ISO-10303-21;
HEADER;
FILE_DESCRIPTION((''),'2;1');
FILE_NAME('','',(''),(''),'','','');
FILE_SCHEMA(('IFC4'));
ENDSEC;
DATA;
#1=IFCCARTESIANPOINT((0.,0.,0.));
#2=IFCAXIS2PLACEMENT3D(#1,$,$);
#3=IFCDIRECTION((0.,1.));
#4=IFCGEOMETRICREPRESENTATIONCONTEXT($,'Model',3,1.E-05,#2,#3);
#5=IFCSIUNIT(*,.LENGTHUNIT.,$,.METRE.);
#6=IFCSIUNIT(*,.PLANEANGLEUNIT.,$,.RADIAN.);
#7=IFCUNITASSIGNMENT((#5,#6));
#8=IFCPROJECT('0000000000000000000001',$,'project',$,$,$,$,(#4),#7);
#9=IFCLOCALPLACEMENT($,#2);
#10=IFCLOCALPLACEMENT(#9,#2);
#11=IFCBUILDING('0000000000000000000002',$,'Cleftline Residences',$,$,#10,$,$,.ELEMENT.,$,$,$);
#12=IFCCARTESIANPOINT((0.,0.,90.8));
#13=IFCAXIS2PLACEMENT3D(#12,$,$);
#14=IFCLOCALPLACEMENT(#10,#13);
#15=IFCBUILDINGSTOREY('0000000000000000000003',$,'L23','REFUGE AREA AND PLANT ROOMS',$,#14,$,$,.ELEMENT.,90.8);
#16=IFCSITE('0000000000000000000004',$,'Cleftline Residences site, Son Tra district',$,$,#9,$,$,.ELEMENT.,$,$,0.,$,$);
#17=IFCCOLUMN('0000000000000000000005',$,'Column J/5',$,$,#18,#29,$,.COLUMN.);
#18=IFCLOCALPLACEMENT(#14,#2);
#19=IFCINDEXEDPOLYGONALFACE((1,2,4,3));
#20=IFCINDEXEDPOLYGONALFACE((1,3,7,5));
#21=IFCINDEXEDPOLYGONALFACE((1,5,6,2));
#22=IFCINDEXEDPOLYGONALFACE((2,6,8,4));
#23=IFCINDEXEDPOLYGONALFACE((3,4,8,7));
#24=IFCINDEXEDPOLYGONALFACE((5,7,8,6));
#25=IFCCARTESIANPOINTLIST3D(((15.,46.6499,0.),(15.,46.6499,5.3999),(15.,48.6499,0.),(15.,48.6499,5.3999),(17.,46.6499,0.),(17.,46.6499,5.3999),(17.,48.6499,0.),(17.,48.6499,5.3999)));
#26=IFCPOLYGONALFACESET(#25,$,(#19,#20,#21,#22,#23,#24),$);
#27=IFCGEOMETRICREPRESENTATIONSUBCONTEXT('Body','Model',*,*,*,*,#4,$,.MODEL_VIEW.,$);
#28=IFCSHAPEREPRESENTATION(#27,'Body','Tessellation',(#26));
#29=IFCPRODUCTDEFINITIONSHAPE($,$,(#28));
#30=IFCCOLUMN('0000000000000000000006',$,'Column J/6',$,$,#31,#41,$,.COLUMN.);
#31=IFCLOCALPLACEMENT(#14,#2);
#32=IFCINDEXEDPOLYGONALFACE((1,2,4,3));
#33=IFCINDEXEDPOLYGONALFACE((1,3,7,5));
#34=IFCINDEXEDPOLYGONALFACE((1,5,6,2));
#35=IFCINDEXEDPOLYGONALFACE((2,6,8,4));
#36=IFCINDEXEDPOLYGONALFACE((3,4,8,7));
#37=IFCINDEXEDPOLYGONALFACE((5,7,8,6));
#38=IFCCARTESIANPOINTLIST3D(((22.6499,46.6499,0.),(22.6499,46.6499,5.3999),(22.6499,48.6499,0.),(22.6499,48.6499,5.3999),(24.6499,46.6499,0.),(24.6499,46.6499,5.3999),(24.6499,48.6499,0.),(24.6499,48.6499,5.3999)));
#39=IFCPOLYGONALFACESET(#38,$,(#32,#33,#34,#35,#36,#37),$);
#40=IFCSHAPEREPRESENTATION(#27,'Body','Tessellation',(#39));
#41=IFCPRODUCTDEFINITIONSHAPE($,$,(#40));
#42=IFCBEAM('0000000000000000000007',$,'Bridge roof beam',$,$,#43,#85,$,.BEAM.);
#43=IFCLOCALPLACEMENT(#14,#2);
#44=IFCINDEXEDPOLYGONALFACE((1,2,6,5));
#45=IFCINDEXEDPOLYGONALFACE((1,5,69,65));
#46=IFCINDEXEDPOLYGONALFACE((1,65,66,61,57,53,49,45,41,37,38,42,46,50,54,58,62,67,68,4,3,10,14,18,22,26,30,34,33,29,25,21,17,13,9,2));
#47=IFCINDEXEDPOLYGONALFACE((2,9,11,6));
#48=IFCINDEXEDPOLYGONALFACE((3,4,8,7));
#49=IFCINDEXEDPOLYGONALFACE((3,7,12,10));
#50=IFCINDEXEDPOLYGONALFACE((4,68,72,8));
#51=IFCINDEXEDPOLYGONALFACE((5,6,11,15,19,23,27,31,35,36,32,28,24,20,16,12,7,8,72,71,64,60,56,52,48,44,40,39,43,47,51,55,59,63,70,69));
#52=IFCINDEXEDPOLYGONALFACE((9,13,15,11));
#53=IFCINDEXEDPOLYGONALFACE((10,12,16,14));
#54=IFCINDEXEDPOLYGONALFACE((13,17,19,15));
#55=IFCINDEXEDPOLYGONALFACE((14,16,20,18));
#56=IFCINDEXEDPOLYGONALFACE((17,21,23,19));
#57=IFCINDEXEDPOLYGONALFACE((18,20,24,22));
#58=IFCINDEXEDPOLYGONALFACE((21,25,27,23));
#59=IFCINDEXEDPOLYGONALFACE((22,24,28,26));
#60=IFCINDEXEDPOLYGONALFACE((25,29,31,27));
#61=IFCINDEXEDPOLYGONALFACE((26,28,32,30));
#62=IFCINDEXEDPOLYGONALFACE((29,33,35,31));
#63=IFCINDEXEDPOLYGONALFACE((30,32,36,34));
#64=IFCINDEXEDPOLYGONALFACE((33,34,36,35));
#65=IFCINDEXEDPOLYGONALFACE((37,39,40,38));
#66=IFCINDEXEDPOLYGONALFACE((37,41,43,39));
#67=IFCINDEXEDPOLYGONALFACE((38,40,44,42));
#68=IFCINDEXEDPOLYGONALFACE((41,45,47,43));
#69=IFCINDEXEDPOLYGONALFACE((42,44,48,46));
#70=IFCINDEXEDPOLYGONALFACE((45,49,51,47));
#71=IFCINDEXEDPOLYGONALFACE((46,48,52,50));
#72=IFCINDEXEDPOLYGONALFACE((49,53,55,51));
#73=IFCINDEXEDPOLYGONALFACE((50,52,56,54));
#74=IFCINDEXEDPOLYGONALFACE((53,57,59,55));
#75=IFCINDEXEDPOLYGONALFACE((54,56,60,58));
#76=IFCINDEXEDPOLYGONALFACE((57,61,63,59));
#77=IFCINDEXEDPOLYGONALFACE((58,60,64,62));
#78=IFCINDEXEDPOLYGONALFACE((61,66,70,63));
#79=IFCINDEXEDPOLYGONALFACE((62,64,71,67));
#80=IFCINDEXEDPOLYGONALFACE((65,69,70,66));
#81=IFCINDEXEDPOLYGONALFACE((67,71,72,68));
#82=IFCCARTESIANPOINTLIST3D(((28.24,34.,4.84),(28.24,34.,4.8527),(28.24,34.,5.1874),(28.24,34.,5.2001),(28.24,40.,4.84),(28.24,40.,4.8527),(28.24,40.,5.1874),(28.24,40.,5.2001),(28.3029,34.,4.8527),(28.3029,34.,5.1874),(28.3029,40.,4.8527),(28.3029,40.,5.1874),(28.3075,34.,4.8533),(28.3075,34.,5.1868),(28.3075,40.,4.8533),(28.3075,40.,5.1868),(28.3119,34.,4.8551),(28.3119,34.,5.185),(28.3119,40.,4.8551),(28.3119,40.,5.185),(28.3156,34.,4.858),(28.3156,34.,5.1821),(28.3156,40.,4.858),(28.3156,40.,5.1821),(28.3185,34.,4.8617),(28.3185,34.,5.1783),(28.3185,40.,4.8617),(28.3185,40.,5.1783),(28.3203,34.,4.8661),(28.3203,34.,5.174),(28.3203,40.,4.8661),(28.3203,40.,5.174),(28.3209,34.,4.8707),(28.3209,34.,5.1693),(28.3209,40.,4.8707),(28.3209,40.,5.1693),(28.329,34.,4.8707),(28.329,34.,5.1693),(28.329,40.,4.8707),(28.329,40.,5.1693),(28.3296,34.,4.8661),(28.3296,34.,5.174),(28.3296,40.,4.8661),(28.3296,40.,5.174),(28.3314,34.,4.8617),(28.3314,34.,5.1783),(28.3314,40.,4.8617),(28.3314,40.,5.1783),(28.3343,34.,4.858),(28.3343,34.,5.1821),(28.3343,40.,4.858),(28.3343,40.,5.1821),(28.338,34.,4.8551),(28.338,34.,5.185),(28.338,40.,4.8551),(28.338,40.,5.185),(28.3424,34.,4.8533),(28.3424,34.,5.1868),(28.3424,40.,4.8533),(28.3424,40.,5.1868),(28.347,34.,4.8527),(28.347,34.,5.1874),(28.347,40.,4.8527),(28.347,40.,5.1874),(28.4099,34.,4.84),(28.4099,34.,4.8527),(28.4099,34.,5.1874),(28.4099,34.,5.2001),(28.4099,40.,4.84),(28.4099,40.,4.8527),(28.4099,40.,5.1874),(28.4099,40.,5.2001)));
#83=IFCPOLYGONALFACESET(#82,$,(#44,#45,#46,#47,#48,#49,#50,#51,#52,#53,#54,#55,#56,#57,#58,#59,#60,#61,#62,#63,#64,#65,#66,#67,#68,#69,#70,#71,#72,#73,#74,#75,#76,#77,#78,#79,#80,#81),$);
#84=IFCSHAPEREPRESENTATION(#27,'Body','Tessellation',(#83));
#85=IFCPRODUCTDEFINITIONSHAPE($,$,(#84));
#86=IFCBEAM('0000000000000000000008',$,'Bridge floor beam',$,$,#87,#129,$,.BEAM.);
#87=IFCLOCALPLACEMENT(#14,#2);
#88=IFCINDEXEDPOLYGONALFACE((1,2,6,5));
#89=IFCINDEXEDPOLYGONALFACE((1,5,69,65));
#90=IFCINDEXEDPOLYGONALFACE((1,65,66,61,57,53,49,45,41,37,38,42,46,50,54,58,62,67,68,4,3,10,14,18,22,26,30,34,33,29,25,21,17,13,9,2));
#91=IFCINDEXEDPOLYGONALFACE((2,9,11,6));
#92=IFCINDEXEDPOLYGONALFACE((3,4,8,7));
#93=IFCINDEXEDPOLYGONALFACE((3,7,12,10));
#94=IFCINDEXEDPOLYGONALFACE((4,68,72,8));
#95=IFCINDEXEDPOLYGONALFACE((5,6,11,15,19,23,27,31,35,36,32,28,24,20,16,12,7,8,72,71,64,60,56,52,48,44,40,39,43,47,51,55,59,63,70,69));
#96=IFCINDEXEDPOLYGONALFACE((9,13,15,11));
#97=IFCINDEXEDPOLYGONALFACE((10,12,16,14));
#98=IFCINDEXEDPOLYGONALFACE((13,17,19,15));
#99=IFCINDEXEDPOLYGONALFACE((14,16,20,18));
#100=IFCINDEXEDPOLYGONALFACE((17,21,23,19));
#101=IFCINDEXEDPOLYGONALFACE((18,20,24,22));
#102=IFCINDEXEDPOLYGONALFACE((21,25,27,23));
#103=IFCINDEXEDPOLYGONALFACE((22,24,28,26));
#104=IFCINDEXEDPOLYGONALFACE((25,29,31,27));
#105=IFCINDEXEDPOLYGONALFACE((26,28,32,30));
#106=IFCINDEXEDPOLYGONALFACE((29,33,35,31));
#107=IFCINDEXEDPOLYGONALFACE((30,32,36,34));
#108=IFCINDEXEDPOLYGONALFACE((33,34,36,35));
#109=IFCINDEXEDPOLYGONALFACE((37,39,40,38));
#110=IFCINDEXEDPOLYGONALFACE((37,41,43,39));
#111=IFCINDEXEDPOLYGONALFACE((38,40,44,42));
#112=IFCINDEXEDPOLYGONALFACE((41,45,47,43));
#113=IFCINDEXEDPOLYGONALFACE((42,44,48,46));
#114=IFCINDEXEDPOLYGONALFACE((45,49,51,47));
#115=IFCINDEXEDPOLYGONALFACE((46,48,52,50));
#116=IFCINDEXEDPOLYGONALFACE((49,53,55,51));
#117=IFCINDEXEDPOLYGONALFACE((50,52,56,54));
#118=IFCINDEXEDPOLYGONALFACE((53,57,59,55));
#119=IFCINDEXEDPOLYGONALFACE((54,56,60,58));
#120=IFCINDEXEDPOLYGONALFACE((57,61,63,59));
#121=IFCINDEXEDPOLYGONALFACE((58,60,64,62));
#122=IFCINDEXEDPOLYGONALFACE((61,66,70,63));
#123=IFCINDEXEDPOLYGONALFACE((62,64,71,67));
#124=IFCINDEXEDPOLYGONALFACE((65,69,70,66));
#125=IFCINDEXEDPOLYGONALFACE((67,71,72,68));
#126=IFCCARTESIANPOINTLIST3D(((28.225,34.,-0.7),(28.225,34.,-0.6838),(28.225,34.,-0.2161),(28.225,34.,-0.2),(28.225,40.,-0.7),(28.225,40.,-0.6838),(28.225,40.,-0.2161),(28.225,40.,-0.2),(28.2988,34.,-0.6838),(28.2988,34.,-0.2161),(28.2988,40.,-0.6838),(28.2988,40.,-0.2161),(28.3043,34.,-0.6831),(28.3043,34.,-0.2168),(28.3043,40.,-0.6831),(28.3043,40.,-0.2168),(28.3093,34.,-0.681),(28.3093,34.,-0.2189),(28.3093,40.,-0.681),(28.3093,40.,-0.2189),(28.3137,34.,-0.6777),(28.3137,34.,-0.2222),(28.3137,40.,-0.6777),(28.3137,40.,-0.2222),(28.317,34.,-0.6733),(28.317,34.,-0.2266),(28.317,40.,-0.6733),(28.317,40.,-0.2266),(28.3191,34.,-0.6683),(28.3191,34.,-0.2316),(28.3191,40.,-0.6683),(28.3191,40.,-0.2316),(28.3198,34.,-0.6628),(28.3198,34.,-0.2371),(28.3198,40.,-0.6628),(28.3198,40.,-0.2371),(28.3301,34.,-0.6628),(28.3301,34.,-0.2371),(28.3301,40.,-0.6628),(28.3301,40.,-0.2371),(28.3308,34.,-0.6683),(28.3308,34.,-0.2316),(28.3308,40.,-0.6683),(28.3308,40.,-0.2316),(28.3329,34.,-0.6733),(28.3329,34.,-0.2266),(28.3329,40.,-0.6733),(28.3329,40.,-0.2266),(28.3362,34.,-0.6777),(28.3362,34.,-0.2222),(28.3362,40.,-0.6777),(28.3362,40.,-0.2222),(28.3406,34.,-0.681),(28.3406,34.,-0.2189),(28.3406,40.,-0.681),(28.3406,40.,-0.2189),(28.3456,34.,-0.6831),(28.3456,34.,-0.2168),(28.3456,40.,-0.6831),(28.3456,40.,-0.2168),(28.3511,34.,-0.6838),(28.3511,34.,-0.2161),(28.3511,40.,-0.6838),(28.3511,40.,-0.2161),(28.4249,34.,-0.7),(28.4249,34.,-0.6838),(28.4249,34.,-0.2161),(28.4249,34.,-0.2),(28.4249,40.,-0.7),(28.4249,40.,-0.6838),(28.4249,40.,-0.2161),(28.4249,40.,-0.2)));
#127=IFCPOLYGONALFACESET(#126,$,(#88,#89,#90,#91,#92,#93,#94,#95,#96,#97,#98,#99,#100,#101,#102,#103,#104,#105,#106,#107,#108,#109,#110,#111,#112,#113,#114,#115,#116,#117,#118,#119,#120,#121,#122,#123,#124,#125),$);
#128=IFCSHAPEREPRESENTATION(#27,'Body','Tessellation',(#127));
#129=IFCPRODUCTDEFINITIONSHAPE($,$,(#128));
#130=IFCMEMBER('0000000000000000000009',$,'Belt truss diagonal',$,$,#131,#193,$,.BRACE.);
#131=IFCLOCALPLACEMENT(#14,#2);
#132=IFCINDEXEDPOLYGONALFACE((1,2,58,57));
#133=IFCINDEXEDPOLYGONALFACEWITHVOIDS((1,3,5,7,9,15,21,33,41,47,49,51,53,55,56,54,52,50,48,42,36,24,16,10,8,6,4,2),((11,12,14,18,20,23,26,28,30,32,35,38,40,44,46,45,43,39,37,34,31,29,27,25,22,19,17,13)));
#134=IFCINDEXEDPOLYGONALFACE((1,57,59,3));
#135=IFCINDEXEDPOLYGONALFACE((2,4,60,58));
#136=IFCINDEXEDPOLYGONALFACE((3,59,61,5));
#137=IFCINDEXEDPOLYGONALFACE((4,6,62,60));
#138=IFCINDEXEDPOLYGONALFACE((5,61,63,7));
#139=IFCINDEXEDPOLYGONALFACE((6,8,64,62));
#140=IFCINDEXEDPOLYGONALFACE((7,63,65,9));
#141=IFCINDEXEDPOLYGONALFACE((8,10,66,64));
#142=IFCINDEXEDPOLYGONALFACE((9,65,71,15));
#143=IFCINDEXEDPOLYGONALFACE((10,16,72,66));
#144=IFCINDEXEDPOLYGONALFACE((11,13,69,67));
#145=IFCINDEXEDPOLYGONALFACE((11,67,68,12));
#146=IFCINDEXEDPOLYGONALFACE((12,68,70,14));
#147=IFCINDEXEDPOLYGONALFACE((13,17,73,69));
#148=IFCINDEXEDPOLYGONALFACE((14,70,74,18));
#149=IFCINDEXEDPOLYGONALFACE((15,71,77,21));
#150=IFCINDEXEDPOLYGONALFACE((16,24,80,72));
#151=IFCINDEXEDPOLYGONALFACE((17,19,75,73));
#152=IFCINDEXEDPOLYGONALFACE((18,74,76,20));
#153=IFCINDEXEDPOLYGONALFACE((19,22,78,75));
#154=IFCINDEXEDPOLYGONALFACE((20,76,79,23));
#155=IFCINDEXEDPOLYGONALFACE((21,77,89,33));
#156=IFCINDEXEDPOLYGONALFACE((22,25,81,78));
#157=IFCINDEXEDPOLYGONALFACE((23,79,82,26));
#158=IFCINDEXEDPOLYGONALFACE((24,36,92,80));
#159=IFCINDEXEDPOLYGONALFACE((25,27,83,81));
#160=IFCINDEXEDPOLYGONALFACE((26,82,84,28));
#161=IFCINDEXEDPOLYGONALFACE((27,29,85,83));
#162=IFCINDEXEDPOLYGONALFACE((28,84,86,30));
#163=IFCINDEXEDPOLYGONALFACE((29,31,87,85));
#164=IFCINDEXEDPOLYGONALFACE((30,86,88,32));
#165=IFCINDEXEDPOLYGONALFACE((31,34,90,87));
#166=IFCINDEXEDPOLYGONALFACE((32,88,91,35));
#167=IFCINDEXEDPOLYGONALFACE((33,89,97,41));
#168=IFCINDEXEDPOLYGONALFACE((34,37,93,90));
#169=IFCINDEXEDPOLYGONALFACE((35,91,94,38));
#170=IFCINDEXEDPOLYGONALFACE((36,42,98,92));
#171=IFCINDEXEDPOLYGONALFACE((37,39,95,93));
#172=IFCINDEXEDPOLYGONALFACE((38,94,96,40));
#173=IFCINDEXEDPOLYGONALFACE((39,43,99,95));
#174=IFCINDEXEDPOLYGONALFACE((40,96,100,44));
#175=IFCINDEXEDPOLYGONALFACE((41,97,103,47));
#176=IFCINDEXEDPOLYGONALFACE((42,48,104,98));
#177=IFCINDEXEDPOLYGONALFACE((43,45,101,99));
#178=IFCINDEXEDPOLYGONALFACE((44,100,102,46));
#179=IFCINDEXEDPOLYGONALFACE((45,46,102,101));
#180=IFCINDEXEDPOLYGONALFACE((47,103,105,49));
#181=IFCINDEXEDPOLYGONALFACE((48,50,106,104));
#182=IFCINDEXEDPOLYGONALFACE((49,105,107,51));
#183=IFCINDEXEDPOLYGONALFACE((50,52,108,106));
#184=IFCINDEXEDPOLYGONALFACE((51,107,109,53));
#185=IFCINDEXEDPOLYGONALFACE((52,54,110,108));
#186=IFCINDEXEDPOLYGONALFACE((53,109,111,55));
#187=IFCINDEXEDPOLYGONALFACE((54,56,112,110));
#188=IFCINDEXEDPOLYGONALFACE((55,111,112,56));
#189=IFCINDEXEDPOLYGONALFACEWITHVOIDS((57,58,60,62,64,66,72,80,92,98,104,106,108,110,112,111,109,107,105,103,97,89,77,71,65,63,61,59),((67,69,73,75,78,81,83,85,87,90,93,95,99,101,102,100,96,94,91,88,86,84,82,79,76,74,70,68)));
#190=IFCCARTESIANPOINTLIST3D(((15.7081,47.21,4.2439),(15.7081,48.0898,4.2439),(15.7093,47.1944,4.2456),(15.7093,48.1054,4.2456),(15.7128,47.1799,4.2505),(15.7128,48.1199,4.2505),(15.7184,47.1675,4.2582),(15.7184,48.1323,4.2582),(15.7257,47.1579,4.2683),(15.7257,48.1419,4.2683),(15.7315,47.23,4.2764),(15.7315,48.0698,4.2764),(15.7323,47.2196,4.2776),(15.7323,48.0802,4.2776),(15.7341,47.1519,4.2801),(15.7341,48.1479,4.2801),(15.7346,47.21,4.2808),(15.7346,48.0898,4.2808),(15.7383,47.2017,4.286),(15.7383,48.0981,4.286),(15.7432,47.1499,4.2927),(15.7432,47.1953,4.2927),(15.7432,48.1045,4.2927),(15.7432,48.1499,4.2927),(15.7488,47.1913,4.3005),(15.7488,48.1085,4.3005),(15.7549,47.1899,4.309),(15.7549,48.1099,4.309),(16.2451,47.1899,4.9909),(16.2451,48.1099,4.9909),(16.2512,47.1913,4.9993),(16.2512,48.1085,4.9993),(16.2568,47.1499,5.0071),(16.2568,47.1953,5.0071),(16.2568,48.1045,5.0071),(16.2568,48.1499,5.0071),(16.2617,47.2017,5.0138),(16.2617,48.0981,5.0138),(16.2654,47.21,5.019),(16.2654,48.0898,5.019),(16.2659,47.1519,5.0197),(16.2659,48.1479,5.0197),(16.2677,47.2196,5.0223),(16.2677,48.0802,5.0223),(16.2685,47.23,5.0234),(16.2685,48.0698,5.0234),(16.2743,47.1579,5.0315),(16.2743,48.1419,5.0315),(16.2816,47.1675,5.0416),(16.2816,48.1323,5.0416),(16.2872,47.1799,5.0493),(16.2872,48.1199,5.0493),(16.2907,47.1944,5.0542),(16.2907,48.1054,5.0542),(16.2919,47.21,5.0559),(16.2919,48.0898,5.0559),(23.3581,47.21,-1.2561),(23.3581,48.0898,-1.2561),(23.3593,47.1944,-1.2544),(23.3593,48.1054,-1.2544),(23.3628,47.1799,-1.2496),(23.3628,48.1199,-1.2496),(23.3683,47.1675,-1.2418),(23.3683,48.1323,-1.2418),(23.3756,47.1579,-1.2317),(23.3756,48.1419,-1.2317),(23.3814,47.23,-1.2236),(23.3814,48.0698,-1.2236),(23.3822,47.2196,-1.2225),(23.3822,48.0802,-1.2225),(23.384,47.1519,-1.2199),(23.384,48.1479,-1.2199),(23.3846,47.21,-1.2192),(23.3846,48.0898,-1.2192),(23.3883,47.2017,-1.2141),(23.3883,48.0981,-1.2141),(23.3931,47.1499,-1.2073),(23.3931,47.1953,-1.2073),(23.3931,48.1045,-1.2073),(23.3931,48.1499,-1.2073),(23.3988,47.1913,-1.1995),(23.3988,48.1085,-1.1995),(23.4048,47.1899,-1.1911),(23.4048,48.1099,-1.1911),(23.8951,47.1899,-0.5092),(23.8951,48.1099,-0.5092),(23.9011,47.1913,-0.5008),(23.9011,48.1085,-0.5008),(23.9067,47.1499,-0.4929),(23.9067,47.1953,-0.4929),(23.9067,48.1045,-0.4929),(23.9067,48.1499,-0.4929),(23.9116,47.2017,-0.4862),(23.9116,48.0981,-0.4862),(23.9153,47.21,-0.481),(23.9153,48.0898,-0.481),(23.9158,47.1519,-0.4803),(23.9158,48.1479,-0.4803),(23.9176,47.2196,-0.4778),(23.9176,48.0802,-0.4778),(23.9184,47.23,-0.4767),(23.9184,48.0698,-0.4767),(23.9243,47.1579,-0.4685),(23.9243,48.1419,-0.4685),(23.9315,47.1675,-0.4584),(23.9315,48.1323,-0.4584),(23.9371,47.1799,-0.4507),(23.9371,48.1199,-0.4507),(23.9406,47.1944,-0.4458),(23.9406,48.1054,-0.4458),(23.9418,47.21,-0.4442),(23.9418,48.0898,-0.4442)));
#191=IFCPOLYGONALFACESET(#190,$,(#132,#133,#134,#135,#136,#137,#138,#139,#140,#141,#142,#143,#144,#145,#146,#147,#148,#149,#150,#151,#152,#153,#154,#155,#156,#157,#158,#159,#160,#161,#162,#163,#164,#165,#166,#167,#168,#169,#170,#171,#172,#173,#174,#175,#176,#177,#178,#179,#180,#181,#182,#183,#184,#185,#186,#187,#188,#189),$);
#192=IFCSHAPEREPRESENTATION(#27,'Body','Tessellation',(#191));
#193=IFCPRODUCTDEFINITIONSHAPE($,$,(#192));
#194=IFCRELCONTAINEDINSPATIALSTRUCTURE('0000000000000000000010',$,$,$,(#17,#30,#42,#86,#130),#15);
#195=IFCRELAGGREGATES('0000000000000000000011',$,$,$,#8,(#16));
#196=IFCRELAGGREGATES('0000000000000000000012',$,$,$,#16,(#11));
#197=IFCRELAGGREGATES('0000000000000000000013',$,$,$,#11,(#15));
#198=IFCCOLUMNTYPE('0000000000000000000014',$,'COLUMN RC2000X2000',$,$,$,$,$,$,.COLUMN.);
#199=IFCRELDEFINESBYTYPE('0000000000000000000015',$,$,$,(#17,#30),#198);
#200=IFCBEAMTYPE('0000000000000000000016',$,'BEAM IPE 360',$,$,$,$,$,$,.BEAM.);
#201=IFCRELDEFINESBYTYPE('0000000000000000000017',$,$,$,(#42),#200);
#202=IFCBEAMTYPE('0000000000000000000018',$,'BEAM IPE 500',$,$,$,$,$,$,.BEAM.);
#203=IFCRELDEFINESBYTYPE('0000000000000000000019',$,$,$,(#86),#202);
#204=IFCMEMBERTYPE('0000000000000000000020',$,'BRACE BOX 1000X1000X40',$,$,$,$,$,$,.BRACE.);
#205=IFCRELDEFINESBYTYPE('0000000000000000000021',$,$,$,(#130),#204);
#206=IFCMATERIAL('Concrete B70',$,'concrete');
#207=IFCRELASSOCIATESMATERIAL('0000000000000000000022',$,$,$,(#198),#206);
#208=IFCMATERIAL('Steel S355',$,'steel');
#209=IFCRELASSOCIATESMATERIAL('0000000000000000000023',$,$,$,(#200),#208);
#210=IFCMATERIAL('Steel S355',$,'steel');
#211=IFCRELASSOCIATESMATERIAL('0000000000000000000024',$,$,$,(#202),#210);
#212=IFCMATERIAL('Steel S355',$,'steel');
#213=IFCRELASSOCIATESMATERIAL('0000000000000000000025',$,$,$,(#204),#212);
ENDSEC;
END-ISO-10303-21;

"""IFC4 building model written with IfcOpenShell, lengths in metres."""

from ifc_helpers import new_model, si_unit, direction, frame, origin, origin_2d, place, context, subcontext, project, spatial, rectangle, hollow_rectangle, i_section, extrude, material, material_profile, profile_set, type_object, element, save


model = new_model("IFC4")

# Units and contexts
model_context = context("Model", 3, precision=1e-05, world=origin(), true_north=direction((0.0, 1.0)))
body_context = subcontext(model_context, "Body", "Model", "MODEL_VIEW")
ifc_project = project(units=[si_unit("LENGTHUNIT", "METRE"), si_unit("PLANEANGLEUNIT", "RADIAN")], contexts=[model_context])

# Site, building, storey
site_placement = place(None, origin())
site = spatial("IfcSite", under=ifc_project, at=site_placement, Name="Cleftline Residences site, Son Tra district", CompositionType="ELEMENT", RefElevation=0.0)
building_placement = place(site_placement, origin())
building = spatial("IfcBuilding", under=site, at=building_placement, Name="Cleftline Residences", CompositionType="ELEMENT")
storey_placement = place(building_placement, frame((0.0, 0.0, 90.8)))
storey = spatial("IfcBuildingStorey", under=building, at=storey_placement, Name="L23", Description="REFUGE AREA AND PLANT ROOMS", CompositionType="ELEMENT", Elevation=90.8)

# Columns
ifc_material_1 = material(Name="Concrete B70", Category="concrete")
ifc_material_profile_1 = material_profile(ifc_material_1, rectangle(XDim=2.0, YDim=2.0, at=origin_2d()))
ifc_profile_set_1 = profile_set([ifc_material_profile_1], Name="Concrete B70")
column_type = type_object("IfcColumnType", Name="COLUMN RC2000X2000", PredefinedType="COLUMN", material=ifc_profile_set_1)
for number, where, z_axis, x_axis, name in (
    (1, (16.0, 47.6499, 0.0), (0.0, 0.0, 1.0), (1.0, 0.0, 0.0), "Column J/5"),
    (2, (23.6499, 47.6499, 0.0), (0.0, 0.0, 1.0), (1.0, 0.0, 0.0), "Column J/6"),
):
    element("IfcColumn", number, at=place(storey_placement, frame(where, z_axis=z_axis, x_axis=x_axis)), inside=storey, type_object=column_type, Name=name, PredefinedType="COLUMN", context=body_context, shape_type="SweptSolid", body=[
        extrude(rectangle(XDim=2.0, YDim=2.0, at=origin_2d()), origin(), (0.0, 0.0, 1.0), 5.3999),
    ])

# Beams
ifc_material_2 = material(Name="Steel S355", Category="steel")
ifc_material_profile_2 = material_profile(ifc_material_2, i_section(OverallWidth=0.1699, OverallDepth=0.3601, WebThickness=0.0081, FlangeThickness=0.0127, FilletRadius=0.0181, at=origin_2d()))
ifc_profile_set_2 = profile_set([ifc_material_profile_2], Name="Steel S355")
beam_type_1 = type_object("IfcBeamType", Name="BEAM IPE 360", PredefinedType="BEAM", material=ifc_profile_set_2)
beam_1_placement = place(storey_placement, frame((28.325, 40.0, 5.02), z_axis=(0.0, -1.0, 0.0), x_axis=(1.0, 0.0, 0.0)))
element("IfcBeam", 3, at=beam_1_placement, inside=storey, type_object=beam_type_1, Name="Bridge roof beam", PredefinedType="BEAM", context=body_context, shape_type="SweptSolid", body=[
    extrude(i_section(OverallWidth=0.1699, OverallDepth=0.3601, WebThickness=0.0081, FlangeThickness=0.0127, FilletRadius=0.0181, at=origin_2d()), origin(), (0.0, 0.0, 1.0), 6.0),
])
ifc_material_3 = material(Name="Steel S355", Category="steel")
ifc_material_profile_3 = material_profile(ifc_material_3, i_section(OverallWidth=0.2, OverallDepth=0.5, WebThickness=0.0103, FlangeThickness=0.0161, FilletRadius=0.021, at=origin_2d()))
ifc_profile_set_3 = profile_set([ifc_material_profile_3], Name="Steel S355")
beam_type_2 = type_object("IfcBeamType", Name="BEAM IPE 500", PredefinedType="BEAM", material=ifc_profile_set_3)
beam_2_placement = place(storey_placement, frame((28.325, 40.0, -0.45), z_axis=(0.0, -1.0, 0.0), x_axis=(1.0, 0.0, 0.0)))
element("IfcBeam", 4, at=beam_2_placement, inside=storey, type_object=beam_type_2, Name="Bridge floor beam", PredefinedType="BEAM", context=body_context, shape_type="SweptSolid", body=[
    extrude(i_section(OverallWidth=0.2, OverallDepth=0.5, WebThickness=0.0103, FlangeThickness=0.0161, FilletRadius=0.021, at=origin_2d()), origin(), (0.0, 0.0, 1.0), 6.0),
])

# Member
ifc_material_4 = material(Name="Steel S355", Category="steel")
ifc_material_profile_4 = material_profile(ifc_material_4, hollow_rectangle(XDim=1.0, YDim=1.0, WallThickness=0.04, InnerFilletRadius=0.04, OuterFilletRadius=0.0601, at=origin_2d()))
ifc_profile_set_4 = profile_set([ifc_material_profile_4], Name="Steel S355")
member_type_1 = type_object("IfcMemberType", Name="BRACE BOX 1000X1000X40", PredefinedType="BRACE", material=ifc_profile_set_4)
member_1_placement = place(storey_placement, frame((16.0, 47.6499, 4.6499), z_axis=(0.811933, 0.0, -0.58375), x_axis=(0.58375, 0.0, 0.811933)))
element("IfcMember", 5, at=member_1_placement, inside=storey, type_object=member_type_1, Name="Belt truss diagonal", PredefinedType="BRACE", context=body_context, shape_type="SweptSolid", body=[
    extrude(hollow_rectangle(XDim=1.0, YDim=1.0, WallThickness=0.04, InnerFilletRadius=0.04, OuterFilletRadius=0.0601, at=origin_2d()), origin(), (0.0, 0.0, 1.0), 9.4219),
])

save(model, "model.ifc")
